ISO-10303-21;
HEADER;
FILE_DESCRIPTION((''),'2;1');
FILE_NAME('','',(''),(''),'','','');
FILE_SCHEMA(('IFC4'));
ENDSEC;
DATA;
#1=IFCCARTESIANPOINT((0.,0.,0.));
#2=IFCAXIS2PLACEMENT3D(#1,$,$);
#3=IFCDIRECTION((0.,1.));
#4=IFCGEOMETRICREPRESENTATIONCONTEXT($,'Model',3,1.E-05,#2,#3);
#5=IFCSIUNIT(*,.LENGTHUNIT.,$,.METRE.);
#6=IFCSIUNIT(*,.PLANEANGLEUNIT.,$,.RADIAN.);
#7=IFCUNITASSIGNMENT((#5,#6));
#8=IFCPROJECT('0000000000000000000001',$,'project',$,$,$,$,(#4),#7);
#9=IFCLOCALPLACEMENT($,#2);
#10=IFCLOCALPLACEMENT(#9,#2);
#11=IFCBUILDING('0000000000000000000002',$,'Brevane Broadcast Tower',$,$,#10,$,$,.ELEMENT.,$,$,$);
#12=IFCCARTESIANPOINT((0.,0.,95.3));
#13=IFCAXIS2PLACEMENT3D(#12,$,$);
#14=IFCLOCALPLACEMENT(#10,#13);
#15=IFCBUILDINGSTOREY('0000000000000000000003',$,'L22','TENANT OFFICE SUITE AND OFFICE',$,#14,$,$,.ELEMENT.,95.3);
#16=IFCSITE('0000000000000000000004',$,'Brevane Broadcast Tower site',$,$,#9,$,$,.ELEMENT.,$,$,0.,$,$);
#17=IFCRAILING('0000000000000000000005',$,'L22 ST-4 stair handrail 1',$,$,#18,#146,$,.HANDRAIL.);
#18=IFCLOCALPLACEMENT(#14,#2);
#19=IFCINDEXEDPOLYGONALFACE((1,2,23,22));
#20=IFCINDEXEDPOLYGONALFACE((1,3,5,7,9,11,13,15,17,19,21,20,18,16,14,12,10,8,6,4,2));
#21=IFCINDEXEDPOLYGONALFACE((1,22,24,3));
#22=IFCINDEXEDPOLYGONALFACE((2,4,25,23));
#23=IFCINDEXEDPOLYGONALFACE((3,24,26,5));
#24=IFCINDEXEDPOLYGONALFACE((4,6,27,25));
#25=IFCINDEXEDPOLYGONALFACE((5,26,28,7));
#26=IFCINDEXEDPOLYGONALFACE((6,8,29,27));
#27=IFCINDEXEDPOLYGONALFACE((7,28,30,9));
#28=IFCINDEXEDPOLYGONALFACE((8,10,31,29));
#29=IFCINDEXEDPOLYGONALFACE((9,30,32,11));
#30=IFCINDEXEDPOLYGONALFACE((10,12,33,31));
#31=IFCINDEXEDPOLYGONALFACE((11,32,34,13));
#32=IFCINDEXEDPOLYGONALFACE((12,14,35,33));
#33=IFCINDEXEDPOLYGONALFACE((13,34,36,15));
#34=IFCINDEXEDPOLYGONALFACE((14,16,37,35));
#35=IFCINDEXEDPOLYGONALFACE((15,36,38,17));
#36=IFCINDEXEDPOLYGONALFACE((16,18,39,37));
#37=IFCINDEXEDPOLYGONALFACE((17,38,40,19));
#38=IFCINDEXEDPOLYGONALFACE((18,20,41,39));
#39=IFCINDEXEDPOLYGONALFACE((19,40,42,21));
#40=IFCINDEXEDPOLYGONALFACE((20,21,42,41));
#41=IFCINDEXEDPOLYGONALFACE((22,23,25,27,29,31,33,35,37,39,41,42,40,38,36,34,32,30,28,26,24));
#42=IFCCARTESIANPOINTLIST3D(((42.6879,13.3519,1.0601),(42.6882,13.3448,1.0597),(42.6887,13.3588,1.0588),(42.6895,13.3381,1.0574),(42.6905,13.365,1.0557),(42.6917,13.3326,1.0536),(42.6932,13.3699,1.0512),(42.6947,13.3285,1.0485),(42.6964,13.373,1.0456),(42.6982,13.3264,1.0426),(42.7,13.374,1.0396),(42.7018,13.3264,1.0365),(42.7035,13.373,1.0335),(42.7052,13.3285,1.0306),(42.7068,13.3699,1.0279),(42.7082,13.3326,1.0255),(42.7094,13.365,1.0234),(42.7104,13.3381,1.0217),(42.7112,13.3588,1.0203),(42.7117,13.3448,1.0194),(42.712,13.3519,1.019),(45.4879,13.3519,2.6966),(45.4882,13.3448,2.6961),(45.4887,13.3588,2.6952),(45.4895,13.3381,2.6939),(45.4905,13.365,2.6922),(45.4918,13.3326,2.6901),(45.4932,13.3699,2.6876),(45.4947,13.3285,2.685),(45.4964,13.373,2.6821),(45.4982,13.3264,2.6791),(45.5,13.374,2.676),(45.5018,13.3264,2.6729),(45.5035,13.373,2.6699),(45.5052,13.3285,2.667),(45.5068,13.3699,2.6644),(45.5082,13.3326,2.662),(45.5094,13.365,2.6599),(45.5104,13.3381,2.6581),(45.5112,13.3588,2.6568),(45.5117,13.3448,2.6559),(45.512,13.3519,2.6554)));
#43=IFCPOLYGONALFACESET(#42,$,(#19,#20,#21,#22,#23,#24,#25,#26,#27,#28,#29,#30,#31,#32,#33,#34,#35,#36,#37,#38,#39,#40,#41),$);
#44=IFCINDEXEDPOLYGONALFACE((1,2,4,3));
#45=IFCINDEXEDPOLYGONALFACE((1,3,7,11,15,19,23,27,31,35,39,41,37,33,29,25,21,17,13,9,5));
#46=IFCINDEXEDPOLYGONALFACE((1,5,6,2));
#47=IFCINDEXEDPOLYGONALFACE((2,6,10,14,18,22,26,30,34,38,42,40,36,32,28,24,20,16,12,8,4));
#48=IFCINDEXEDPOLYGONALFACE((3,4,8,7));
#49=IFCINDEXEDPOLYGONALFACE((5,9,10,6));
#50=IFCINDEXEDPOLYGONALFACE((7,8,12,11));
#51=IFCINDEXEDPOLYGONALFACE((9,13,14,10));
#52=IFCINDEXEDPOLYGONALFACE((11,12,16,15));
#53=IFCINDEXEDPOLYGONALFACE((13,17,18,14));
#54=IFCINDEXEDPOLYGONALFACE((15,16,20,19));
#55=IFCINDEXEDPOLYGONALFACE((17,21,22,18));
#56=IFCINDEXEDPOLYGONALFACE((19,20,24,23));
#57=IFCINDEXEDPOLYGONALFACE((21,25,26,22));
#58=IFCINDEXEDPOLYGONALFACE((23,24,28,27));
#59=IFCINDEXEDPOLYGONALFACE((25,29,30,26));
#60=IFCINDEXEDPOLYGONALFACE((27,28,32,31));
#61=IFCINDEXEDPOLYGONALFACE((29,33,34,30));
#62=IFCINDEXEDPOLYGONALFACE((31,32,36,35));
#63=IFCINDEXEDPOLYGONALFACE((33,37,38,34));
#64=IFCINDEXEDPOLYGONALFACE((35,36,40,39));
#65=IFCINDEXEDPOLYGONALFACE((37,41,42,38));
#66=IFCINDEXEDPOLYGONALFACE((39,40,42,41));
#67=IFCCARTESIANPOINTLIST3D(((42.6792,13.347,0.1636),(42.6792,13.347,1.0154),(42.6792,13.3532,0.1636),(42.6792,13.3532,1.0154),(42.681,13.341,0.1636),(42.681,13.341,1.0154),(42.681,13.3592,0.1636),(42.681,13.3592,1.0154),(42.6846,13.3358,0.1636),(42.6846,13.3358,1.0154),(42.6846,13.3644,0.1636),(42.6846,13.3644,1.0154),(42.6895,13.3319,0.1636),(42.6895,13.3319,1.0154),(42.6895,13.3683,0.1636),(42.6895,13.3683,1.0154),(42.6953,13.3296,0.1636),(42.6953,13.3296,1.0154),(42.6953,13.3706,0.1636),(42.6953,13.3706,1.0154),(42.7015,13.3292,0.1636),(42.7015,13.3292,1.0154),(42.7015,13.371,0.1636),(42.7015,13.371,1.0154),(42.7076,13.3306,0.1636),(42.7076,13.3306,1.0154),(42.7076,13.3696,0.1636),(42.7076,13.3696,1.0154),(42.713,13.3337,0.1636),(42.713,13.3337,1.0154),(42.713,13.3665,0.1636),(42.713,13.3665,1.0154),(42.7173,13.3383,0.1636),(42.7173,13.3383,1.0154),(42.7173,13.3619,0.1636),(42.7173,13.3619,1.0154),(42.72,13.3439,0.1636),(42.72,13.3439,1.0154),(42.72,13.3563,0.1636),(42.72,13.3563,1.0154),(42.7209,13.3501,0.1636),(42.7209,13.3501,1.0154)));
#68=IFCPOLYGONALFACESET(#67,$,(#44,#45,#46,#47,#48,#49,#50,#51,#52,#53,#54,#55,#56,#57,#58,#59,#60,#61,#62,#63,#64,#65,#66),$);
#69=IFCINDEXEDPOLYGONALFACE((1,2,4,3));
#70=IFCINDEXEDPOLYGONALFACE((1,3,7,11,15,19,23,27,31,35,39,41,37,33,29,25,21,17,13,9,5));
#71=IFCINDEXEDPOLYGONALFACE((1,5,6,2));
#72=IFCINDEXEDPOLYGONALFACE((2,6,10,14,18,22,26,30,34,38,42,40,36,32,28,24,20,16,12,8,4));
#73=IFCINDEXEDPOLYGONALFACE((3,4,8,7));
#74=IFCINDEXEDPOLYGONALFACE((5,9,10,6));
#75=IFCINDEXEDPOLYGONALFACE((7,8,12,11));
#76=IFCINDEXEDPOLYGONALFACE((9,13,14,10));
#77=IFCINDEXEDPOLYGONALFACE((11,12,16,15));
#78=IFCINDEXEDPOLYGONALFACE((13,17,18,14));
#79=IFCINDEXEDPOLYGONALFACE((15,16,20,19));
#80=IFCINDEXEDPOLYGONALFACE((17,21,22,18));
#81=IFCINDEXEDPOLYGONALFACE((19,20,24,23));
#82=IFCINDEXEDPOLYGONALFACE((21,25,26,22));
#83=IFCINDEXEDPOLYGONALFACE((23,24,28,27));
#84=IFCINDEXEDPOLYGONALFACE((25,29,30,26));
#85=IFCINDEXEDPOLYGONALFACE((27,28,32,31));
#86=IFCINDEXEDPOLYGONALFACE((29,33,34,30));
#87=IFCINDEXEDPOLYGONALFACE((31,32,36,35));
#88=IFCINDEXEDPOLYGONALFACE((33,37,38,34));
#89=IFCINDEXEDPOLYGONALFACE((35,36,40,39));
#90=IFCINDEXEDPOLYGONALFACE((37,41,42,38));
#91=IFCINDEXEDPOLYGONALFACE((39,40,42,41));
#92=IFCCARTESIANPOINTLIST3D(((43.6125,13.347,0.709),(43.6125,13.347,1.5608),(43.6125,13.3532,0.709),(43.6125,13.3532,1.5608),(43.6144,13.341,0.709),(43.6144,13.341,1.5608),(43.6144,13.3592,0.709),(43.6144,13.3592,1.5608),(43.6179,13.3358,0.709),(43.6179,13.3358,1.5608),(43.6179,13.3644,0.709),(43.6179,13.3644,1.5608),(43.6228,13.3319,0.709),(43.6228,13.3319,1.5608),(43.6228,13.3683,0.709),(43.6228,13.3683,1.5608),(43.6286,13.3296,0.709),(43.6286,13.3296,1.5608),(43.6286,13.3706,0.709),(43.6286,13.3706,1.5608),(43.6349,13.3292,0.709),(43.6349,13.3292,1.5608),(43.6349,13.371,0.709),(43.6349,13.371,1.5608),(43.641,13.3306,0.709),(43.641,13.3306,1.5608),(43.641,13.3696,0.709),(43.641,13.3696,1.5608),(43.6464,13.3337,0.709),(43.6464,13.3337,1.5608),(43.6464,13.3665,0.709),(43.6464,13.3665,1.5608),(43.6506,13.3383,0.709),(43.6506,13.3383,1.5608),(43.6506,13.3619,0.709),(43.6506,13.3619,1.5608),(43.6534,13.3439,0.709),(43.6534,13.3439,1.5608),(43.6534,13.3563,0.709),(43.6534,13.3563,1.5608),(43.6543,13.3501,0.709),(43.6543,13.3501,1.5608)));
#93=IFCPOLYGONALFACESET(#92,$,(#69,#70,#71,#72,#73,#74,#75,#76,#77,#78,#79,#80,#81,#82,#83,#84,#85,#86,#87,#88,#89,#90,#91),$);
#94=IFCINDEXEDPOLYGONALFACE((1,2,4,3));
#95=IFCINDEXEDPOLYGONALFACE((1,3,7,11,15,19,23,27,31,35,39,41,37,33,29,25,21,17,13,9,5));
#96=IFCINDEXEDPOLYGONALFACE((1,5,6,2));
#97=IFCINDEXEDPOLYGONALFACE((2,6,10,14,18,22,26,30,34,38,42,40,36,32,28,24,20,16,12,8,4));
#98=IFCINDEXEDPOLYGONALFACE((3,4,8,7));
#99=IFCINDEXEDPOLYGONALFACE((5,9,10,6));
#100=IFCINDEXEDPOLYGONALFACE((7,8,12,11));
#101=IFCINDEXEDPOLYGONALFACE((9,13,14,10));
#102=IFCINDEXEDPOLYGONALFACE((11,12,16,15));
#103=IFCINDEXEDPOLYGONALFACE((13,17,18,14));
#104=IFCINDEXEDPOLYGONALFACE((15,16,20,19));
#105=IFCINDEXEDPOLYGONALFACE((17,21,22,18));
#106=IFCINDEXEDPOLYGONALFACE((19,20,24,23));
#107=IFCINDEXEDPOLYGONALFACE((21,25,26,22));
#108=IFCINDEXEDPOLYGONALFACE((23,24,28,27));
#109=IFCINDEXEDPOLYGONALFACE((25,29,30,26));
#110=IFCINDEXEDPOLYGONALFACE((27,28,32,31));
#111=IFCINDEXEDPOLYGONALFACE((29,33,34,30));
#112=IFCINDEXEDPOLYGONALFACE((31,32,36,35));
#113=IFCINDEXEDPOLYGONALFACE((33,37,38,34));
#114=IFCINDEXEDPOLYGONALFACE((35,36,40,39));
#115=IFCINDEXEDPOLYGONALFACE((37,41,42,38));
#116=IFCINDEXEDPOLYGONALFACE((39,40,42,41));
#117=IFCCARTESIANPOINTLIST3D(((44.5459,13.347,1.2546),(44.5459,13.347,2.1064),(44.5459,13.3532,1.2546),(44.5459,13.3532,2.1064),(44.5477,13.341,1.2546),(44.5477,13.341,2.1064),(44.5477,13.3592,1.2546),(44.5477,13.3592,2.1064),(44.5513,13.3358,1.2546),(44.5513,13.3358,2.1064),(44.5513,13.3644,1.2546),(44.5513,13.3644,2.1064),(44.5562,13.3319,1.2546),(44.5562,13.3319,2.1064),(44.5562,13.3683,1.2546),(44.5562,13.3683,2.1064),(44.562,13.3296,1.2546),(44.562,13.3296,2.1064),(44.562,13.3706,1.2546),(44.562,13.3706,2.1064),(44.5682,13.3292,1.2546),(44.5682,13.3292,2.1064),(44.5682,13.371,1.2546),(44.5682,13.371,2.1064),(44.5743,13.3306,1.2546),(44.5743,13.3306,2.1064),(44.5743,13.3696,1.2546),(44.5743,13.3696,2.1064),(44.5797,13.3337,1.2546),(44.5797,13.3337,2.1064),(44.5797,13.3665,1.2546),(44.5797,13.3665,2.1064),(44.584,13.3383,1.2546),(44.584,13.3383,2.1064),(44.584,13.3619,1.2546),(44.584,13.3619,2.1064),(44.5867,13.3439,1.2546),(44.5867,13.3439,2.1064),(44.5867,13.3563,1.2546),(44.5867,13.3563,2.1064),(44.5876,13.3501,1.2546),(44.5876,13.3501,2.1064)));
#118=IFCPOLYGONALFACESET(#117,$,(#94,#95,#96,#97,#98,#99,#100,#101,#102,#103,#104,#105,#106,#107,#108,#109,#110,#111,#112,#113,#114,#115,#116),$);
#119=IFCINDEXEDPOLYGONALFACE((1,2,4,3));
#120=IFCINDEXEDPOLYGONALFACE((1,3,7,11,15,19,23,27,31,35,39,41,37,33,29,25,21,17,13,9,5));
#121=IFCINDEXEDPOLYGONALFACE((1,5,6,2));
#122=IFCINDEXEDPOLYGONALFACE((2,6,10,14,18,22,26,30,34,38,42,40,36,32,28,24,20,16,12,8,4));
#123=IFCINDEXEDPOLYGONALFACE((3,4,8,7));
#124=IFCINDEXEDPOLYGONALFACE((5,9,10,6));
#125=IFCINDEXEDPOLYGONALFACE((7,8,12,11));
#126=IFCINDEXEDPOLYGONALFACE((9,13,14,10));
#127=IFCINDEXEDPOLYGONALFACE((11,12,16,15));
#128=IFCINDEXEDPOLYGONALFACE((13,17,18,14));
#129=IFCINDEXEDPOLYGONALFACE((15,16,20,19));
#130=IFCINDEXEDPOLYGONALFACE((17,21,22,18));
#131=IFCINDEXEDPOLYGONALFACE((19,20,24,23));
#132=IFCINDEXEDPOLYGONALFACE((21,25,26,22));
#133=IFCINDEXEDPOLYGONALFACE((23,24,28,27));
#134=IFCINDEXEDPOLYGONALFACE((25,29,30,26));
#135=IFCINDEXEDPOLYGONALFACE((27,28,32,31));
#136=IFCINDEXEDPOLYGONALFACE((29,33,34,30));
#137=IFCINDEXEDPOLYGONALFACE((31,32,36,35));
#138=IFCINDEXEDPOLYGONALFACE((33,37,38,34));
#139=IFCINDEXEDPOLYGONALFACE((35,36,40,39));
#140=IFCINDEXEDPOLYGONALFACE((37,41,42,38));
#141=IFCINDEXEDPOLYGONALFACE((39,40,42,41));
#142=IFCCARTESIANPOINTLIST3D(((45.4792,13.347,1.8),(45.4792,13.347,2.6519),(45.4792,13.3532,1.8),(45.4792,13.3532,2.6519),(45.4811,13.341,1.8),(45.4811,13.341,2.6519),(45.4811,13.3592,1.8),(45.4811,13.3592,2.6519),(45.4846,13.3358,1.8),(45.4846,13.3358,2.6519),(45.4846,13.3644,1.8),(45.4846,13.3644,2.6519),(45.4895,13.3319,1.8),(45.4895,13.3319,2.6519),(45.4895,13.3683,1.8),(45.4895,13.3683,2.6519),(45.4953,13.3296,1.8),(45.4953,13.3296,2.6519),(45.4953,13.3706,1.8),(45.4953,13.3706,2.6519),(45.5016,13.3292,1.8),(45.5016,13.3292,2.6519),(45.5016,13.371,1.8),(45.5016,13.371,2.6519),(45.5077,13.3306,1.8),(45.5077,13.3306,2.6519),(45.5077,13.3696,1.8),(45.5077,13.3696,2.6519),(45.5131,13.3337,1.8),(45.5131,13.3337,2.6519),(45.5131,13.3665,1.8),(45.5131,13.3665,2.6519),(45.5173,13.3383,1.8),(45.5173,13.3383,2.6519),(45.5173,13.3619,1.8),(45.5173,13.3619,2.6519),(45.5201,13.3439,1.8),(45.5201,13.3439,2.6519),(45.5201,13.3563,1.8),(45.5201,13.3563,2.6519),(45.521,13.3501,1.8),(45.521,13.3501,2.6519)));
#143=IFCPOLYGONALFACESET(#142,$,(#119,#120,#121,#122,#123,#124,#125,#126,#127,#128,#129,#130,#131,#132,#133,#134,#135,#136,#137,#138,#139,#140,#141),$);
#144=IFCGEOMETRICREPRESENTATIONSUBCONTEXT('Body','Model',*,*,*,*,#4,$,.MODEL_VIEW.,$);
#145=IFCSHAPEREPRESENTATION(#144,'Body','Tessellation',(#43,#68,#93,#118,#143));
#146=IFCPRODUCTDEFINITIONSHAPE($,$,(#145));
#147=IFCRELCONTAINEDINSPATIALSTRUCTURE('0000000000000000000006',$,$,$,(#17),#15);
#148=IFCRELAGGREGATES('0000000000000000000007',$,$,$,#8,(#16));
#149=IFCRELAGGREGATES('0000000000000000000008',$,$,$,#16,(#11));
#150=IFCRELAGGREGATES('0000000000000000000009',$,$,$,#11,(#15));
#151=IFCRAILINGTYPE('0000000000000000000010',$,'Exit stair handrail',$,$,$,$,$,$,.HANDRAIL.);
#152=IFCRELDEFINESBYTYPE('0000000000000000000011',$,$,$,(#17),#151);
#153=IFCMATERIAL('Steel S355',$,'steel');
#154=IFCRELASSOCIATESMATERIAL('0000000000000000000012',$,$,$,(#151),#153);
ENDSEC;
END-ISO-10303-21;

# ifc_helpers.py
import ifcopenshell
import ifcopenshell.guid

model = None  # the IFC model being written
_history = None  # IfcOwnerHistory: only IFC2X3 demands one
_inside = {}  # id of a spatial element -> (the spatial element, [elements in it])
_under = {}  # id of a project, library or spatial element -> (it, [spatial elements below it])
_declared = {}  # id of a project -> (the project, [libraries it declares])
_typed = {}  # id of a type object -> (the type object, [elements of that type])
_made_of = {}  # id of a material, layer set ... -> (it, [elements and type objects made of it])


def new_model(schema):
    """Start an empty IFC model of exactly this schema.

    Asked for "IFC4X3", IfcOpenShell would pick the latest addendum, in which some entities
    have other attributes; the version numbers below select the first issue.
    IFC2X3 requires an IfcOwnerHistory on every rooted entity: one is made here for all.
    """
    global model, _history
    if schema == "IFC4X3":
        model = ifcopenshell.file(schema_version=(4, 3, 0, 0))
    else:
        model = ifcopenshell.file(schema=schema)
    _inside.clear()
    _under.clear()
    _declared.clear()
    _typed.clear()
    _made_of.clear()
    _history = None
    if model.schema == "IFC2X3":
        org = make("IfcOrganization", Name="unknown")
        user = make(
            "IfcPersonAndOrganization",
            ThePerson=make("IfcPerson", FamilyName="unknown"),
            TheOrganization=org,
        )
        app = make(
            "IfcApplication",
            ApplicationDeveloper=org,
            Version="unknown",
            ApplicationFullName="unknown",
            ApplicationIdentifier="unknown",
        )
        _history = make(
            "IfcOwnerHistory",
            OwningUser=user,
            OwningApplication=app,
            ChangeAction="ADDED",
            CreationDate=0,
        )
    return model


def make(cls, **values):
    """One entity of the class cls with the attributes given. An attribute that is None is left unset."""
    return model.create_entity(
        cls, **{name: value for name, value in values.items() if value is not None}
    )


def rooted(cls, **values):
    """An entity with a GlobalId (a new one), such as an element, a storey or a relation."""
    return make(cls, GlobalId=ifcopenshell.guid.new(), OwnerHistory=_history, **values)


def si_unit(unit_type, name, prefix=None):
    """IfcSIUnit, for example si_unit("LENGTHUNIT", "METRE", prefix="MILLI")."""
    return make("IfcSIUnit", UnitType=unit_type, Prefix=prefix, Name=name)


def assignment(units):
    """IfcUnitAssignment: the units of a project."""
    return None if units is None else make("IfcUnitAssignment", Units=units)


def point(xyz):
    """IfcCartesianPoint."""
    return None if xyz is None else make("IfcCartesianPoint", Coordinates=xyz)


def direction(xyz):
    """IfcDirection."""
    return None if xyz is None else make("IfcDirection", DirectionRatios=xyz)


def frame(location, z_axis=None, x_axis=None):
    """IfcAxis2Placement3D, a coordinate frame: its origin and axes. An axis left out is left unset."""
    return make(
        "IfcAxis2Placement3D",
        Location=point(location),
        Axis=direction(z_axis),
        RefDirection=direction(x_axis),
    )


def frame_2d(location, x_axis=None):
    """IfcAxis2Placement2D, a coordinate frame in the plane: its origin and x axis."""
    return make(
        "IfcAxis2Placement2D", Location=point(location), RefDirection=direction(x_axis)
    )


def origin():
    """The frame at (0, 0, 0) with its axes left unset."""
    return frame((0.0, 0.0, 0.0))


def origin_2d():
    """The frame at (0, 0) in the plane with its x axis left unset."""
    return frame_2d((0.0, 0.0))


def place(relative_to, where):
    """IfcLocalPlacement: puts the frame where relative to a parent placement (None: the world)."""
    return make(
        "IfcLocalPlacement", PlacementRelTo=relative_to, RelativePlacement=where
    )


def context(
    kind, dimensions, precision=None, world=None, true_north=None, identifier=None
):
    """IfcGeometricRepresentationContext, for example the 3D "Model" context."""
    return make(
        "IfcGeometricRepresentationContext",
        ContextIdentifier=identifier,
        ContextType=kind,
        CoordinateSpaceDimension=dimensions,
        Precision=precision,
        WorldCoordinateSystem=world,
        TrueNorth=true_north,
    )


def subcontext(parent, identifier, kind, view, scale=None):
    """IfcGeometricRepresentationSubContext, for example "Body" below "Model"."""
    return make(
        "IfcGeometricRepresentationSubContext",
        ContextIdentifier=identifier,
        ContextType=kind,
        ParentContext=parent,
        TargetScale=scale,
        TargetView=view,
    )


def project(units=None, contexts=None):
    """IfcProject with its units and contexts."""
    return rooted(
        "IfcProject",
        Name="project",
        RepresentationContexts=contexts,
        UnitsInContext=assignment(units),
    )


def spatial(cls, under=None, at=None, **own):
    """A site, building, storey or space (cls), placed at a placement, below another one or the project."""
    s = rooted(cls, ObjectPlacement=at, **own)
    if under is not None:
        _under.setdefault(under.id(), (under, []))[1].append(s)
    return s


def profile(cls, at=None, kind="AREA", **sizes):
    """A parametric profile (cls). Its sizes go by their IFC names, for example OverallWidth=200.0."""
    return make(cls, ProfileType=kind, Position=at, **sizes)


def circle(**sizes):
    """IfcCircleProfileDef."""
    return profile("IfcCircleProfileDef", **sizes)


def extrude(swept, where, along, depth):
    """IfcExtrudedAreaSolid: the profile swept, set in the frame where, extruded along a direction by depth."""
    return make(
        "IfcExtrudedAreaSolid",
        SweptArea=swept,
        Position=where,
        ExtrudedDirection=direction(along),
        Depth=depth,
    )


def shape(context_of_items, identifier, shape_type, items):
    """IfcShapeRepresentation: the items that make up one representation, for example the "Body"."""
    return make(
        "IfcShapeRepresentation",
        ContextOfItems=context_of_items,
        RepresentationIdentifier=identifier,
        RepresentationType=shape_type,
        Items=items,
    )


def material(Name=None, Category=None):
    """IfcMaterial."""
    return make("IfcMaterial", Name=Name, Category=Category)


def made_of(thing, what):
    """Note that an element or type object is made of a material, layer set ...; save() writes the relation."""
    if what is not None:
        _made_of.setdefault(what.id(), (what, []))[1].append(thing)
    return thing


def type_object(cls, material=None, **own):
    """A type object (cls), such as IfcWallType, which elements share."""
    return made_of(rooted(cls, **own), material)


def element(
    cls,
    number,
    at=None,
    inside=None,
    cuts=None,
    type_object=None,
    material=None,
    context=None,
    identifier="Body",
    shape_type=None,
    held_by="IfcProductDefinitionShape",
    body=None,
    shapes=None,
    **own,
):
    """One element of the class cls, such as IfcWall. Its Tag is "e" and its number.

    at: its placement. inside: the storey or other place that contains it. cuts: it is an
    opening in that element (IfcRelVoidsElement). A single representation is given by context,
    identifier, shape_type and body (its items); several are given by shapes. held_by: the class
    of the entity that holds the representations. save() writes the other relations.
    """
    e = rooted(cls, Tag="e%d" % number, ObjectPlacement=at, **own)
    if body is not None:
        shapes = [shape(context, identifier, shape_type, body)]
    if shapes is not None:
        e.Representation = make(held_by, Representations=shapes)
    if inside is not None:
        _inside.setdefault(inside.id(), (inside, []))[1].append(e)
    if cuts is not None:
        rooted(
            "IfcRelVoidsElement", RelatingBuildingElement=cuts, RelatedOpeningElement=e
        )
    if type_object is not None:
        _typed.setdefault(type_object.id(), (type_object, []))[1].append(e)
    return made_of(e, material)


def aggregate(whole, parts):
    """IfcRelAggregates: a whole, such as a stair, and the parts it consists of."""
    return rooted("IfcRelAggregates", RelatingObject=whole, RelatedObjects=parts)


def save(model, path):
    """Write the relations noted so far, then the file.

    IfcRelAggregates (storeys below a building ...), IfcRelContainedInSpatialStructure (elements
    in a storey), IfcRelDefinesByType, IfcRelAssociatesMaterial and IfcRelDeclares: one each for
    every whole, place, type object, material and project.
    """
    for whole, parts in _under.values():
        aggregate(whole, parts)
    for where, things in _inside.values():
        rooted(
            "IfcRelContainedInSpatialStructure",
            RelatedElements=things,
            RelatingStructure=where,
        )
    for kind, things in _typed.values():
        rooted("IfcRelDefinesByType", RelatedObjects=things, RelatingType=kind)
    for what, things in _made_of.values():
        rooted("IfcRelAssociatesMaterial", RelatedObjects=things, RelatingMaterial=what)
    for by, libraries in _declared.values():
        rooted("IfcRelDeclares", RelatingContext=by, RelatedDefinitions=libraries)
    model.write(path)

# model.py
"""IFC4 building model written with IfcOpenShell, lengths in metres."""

from ifc_helpers import new_model, si_unit, direction, frame, origin, origin_2d, place, context, subcontext, project, spatial, circle, extrude, material, type_object, element, save


model = new_model("IFC4")

# Units and contexts
model_context = context("Model", 3, precision=1e-05, world=origin(), true_north=direction((0.0, 1.0)))
body_context = subcontext(model_context, "Body", "Model", "MODEL_VIEW")
ifc_project = project(units=[si_unit("LENGTHUNIT", "METRE"), si_unit("PLANEANGLEUNIT", "RADIAN")], contexts=[model_context])

# Site, building, storey
site_placement = place(None, origin())
site = spatial("IfcSite", under=ifc_project, at=site_placement, Name="Brevane Broadcast Tower site", CompositionType="ELEMENT", RefElevation=0.0)
building_placement = place(site_placement, origin())
building = spatial("IfcBuilding", under=site, at=building_placement, Name="Brevane Broadcast Tower", CompositionType="ELEMENT")
storey_placement = place(building_placement, frame((0.0, 0.0, 95.3)))
storey = spatial("IfcBuildingStorey", under=building, at=storey_placement, Name="L22", Description="TENANT OFFICE SUITE AND OFFICE", CompositionType="ELEMENT", Elevation=95.3)

# Railing
ifc_material_1 = material(Name="Steel S355", Category="steel")
railing_type_1 = type_object("IfcRailingType", Name="Exit stair handrail", PredefinedType="HANDRAIL", material=ifc_material_1)
railing_1_placement = place(storey_placement, frame((42.7, 13.3501, 0.1636)))
element("IfcRailing", 1, at=railing_1_placement, inside=storey, type_object=railing_type_1, Name="L22 ST-4 stair handrail 1", PredefinedType="HANDRAIL", context=body_context, shape_type="SweptSolid", body=[
    extrude(circle(Radius=0.0239, at=origin_2d()), frame((0.0, 0.0, 0.876), z_axis=(0.863361, 0.0, 0.504587), x_axis=(0.0, 1.0, 0.0)), (0.0, 0.0, 1.0), 3.2432),
    extrude(circle(Radius=0.021, at=origin_2d()), origin(), (0.0, 0.0, 1.0), 0.8518),
    extrude(circle(Radius=0.021, at=origin_2d()), frame((0.9333, 0.0, 0.5454)), (0.0, 0.0, 1.0), 0.8518),
    extrude(circle(Radius=0.021, at=origin_2d()), frame((1.8667, 0.0, 1.0911)), (0.0, 0.0, 1.0), 0.8518),
    extrude(circle(Radius=0.021, at=origin_2d()), frame((2.8, 0.0, 1.6365)), (0.0, 0.0, 1.0), 0.8518),
])

save(model, "model.ifc")
